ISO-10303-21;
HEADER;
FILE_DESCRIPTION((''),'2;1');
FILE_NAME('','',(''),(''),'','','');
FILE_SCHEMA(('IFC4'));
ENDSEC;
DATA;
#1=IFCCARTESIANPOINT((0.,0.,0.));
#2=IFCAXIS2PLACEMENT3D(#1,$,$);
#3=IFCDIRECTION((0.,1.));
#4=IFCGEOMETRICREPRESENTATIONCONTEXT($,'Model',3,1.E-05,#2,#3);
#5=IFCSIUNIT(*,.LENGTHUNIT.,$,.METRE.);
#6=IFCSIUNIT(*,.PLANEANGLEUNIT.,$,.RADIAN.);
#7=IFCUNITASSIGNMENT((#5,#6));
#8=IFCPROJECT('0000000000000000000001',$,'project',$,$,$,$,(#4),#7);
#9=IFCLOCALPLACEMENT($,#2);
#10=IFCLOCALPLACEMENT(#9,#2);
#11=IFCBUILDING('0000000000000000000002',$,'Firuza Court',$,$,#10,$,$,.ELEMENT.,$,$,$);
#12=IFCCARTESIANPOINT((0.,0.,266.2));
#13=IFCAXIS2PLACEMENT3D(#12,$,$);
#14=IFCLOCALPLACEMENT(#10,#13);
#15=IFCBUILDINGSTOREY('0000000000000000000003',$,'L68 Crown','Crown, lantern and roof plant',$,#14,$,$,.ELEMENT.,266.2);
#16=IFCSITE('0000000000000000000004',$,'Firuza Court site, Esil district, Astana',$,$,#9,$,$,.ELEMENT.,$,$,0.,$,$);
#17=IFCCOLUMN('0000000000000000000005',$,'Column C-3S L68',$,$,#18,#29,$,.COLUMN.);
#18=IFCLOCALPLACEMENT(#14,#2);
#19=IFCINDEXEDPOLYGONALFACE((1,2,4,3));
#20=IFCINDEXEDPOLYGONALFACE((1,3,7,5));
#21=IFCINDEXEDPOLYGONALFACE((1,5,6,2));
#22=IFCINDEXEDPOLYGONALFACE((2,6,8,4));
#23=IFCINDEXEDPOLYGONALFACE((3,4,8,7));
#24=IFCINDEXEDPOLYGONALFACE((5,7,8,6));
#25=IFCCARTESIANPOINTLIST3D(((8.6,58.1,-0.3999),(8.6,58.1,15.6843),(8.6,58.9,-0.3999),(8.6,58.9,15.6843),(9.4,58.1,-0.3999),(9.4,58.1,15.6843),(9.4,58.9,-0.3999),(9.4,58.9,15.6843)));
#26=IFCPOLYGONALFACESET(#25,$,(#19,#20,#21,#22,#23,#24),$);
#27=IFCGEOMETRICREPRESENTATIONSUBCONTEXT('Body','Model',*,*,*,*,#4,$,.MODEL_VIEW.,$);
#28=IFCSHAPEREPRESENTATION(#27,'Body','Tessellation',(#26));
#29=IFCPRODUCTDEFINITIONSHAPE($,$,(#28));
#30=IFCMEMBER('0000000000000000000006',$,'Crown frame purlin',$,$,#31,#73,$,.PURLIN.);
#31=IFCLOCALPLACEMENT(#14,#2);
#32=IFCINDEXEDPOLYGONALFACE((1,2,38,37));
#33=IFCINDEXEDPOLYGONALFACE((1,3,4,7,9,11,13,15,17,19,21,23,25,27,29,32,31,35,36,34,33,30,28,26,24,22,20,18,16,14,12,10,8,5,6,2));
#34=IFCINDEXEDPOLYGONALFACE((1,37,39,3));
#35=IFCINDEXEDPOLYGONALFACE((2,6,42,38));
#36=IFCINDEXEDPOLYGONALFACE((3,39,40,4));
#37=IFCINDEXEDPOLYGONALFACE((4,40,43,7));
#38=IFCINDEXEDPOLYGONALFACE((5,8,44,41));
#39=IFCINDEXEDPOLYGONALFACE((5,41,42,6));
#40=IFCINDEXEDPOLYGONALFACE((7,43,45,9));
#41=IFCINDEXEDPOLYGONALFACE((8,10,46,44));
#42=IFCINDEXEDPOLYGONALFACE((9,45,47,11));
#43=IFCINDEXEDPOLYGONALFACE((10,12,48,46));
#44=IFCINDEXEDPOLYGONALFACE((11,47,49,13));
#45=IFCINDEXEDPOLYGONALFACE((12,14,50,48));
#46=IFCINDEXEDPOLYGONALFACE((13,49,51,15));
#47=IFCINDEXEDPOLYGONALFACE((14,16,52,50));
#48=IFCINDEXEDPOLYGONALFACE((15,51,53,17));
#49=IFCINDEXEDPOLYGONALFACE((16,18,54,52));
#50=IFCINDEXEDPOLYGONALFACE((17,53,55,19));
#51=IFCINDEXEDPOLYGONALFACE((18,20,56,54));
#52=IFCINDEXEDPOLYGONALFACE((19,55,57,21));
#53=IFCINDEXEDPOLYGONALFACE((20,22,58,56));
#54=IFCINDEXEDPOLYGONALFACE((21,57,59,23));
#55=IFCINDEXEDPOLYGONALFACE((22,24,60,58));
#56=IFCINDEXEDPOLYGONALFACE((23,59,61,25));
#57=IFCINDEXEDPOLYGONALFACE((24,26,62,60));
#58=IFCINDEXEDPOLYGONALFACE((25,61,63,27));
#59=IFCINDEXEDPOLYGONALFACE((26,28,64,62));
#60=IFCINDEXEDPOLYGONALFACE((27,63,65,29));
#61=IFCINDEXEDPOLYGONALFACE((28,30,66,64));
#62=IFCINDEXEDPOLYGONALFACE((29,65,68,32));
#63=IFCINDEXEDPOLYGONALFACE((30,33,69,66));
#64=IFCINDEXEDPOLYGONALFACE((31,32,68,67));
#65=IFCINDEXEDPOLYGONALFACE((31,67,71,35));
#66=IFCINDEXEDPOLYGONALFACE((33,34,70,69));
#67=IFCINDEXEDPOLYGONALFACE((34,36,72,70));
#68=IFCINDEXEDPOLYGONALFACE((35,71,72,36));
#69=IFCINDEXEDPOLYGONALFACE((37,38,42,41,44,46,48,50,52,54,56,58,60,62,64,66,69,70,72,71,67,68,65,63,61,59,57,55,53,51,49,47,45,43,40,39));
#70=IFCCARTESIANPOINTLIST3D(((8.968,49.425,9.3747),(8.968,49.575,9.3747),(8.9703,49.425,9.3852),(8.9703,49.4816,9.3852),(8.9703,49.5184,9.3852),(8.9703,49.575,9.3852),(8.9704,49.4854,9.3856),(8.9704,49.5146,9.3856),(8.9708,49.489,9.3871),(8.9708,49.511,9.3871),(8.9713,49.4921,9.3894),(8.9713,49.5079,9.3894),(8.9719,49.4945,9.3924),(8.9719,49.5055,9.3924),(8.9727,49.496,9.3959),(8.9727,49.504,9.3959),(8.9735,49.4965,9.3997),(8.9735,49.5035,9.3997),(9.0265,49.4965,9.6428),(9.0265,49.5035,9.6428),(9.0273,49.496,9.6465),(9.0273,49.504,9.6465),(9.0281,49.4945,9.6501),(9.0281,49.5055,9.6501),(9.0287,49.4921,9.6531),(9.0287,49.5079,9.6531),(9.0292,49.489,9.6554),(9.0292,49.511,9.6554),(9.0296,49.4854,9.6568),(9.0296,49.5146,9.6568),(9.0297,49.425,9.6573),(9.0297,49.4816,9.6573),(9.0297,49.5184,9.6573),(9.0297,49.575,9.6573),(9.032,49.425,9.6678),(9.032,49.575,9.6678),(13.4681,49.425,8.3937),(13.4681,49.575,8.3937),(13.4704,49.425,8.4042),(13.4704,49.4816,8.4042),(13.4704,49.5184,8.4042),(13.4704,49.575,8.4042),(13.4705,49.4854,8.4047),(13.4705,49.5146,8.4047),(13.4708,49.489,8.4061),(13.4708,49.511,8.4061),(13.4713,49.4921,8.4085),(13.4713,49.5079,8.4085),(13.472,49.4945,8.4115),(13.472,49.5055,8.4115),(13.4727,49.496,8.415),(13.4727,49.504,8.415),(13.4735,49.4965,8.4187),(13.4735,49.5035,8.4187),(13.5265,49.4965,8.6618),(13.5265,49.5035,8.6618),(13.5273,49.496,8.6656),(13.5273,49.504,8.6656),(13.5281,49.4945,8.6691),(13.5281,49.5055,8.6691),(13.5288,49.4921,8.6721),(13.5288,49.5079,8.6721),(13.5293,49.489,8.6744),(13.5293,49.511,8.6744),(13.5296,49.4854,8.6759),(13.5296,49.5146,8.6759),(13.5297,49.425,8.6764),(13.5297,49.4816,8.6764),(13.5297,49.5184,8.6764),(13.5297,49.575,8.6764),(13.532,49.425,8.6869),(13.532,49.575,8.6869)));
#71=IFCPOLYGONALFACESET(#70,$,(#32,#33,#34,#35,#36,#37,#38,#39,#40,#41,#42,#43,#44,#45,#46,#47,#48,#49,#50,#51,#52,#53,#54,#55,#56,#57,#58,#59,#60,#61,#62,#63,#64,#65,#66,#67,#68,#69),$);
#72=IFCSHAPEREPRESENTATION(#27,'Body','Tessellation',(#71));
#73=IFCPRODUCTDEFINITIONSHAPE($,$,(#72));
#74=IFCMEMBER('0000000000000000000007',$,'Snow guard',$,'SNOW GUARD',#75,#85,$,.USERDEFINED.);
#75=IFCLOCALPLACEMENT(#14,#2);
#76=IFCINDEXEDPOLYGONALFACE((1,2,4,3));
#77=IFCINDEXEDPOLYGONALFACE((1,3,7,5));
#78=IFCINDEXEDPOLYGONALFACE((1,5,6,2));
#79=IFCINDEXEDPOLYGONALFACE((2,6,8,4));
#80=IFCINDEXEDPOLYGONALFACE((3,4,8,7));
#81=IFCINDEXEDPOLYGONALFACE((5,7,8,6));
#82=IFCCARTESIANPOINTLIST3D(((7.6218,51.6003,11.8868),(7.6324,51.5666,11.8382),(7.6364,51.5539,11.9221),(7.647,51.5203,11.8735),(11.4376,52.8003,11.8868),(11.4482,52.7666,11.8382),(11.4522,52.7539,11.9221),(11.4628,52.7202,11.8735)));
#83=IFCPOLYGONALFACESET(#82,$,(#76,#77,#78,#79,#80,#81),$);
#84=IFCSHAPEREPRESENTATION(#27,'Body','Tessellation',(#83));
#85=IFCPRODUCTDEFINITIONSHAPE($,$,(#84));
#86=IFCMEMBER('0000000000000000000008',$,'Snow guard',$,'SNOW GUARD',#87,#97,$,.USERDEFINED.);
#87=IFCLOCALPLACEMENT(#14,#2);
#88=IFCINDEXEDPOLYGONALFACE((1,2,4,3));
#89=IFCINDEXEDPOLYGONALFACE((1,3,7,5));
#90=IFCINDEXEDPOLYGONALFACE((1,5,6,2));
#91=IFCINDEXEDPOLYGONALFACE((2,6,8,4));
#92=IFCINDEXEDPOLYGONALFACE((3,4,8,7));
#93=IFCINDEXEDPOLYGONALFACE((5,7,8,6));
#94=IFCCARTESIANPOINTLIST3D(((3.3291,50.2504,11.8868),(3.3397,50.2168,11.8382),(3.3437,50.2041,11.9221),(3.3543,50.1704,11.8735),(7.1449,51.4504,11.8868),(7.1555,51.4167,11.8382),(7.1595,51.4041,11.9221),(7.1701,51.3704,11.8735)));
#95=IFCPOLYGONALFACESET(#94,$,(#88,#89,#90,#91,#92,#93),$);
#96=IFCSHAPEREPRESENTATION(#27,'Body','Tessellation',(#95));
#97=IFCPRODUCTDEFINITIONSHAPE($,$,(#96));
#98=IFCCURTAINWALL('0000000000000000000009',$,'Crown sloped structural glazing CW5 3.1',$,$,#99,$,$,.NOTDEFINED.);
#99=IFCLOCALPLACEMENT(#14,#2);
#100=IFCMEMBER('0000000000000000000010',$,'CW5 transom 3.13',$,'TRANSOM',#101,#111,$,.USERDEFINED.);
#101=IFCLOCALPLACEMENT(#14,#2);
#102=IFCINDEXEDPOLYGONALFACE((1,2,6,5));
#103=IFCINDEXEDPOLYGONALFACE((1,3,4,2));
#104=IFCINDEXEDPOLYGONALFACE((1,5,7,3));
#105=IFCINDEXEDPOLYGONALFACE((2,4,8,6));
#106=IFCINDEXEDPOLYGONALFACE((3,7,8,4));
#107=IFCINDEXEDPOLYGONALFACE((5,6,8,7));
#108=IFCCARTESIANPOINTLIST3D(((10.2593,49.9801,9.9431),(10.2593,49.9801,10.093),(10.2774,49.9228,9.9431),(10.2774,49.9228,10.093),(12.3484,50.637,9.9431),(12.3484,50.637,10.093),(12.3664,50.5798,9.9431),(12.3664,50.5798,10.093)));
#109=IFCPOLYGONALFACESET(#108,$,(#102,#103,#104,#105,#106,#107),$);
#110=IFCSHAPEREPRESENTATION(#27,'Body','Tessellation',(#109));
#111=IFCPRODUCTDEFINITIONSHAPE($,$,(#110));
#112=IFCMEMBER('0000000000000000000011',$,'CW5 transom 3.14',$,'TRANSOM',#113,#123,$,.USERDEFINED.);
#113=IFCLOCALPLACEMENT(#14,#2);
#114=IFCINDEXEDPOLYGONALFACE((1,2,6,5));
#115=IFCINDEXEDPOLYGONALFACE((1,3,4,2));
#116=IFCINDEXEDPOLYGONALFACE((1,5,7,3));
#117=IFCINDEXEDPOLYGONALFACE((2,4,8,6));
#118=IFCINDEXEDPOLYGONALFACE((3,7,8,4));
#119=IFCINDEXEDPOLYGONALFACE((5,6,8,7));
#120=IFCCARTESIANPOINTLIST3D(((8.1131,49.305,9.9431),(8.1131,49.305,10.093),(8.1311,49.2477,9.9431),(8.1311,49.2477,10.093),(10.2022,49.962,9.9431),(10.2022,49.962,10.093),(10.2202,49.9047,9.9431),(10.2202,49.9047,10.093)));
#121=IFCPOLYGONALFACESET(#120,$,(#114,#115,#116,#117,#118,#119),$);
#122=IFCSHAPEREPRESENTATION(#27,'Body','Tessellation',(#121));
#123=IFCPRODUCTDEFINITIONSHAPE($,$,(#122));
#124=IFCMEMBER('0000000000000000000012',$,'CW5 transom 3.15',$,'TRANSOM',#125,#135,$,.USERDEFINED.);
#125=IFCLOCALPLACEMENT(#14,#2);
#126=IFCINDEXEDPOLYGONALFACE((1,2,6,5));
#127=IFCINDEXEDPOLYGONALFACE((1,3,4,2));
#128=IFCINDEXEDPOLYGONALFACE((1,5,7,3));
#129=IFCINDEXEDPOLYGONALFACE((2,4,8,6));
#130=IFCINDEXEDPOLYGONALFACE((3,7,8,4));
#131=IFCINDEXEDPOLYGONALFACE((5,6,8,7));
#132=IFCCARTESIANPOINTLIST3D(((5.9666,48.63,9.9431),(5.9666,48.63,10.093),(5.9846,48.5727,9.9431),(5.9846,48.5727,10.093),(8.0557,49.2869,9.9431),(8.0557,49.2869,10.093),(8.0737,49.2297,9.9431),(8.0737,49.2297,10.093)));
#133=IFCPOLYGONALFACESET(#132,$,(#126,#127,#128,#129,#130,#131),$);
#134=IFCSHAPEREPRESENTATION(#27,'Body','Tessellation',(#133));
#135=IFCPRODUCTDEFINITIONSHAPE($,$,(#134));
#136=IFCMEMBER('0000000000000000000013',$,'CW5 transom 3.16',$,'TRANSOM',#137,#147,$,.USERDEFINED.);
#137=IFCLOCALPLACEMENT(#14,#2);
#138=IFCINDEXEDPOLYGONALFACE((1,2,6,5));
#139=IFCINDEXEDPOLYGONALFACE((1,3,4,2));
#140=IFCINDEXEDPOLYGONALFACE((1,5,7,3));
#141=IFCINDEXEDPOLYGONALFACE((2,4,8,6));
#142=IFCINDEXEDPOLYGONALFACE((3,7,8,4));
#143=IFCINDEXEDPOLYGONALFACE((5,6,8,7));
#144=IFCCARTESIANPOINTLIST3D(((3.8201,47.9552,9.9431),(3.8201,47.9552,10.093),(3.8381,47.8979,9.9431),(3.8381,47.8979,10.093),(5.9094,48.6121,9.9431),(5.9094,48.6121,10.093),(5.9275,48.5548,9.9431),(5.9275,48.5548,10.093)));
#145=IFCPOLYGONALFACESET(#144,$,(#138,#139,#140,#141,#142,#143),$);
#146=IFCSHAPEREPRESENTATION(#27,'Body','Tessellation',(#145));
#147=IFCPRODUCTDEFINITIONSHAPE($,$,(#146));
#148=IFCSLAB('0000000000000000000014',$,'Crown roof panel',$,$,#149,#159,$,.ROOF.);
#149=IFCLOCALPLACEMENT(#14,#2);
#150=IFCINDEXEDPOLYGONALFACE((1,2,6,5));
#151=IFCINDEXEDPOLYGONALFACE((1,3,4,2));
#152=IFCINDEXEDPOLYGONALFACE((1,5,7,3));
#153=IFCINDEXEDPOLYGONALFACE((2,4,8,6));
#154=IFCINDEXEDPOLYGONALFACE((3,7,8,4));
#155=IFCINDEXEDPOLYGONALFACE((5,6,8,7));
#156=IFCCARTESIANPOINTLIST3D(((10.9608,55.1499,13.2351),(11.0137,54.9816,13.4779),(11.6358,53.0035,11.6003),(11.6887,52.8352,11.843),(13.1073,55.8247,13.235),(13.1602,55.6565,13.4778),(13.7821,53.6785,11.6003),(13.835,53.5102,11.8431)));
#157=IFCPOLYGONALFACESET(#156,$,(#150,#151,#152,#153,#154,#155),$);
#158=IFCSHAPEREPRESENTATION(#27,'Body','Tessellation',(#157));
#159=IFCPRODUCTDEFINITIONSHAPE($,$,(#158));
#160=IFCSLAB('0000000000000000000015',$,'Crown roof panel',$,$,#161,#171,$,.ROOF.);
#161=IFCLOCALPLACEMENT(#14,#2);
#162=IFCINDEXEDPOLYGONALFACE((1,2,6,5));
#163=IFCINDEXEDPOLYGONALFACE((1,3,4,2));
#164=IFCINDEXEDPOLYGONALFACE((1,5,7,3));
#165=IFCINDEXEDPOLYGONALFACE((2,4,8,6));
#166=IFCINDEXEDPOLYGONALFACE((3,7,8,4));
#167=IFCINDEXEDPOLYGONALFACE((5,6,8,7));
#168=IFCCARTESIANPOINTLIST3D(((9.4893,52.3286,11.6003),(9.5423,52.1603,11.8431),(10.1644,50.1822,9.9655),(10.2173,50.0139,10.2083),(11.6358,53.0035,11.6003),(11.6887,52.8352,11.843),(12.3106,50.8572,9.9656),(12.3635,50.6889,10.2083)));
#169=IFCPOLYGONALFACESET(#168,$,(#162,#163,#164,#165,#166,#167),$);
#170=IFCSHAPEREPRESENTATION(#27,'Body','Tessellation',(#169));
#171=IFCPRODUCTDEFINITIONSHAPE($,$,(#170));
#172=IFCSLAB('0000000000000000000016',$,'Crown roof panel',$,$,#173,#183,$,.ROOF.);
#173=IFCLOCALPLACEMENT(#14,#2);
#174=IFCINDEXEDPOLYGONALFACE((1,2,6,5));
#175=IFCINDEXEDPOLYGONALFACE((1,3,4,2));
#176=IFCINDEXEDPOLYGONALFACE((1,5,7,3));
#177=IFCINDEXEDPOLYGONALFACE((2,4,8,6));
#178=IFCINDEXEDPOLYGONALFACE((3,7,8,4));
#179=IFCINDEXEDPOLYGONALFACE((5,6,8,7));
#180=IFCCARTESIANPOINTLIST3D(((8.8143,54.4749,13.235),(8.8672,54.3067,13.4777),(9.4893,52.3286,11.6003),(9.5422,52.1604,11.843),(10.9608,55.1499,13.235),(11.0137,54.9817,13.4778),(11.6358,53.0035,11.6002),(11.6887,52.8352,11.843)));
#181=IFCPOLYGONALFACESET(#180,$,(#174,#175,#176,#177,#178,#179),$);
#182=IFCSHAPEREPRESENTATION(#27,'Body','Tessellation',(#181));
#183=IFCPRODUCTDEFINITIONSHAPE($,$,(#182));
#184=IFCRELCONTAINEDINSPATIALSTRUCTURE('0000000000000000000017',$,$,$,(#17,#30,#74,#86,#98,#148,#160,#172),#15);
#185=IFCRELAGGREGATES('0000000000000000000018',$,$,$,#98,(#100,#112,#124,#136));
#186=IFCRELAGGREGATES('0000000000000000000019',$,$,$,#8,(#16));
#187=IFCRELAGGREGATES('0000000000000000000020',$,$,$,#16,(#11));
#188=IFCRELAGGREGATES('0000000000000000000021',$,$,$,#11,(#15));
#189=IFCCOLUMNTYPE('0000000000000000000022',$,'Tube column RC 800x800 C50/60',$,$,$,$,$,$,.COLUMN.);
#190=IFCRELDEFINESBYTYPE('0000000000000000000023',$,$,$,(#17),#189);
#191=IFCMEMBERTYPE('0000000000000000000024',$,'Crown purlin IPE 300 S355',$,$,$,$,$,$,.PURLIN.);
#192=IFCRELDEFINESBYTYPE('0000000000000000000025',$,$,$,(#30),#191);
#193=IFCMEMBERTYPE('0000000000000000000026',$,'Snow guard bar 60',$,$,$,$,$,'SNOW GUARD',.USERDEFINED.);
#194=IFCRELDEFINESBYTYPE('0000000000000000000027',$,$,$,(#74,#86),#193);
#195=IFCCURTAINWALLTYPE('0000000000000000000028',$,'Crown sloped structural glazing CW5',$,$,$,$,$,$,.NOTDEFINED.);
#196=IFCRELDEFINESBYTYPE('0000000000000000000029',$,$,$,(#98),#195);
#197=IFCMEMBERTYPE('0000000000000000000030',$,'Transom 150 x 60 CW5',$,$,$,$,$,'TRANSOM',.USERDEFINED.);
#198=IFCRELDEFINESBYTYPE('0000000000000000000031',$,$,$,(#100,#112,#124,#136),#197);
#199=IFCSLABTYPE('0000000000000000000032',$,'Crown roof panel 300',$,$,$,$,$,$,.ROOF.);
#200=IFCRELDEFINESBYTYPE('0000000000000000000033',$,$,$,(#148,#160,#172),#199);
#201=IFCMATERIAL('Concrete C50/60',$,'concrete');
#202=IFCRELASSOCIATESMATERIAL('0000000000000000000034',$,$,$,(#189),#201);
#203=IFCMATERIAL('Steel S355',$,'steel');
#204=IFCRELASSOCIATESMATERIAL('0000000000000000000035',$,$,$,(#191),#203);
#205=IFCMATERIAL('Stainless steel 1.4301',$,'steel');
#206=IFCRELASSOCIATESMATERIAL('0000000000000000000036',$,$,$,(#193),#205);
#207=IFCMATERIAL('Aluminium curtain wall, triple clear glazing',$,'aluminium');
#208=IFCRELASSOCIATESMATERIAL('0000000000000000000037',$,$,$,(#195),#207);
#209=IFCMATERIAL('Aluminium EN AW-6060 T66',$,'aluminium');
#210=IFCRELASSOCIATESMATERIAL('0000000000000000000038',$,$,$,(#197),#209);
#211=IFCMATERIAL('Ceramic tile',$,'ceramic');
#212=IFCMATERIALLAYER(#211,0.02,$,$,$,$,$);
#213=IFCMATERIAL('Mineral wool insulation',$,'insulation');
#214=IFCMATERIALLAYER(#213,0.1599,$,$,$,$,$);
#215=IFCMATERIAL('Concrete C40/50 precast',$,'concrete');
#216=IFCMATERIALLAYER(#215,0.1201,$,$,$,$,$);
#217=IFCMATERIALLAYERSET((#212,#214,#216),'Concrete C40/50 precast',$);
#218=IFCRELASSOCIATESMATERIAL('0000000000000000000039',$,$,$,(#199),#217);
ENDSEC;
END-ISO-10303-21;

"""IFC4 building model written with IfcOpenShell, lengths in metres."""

from ifc_helpers import new_model, si_unit, direction, frame, origin, origin_2d, place, context, subcontext, project, spatial, polyline, rectangle, i_section, outline, extrude, material, layer, layer_set, material_profile, profile_set, type_object, element, aggregate, save


model = new_model("IFC4")

# Units and contexts
model_context = context("Model", 3, precision=1e-05, world=origin(), true_north=direction((0.0, 1.0)))
body_context = subcontext(model_context, "Body", "Model", "MODEL_VIEW")
ifc_project = project(units=[si_unit("LENGTHUNIT", "METRE"), si_unit("PLANEANGLEUNIT", "RADIAN")], contexts=[model_context])

# Site, building, storey
site_placement = place(None, origin())
site = spatial("IfcSite", under=ifc_project, at=site_placement, Name="Firuza Court site, Esil district, Astana", CompositionType="ELEMENT", RefElevation=0.0)
building_placement = place(site_placement, origin())
building = spatial("IfcBuilding", under=site, at=building_placement, Name="Firuza Court", CompositionType="ELEMENT")
storey_placement = place(building_placement, frame((0.0, 0.0, 266.2)))
storey = spatial("IfcBuildingStorey", under=building, at=storey_placement, Name="L68 Crown", Description="Crown, lantern and roof plant", CompositionType="ELEMENT", Elevation=266.2)

# Column
ifc_material_1 = material(Name="Concrete C50/60", Category="concrete")
ifc_material_profile_1 = material_profile(ifc_material_1, rectangle(XDim=0.8, YDim=0.8, at=origin_2d()), Name="RC 800x800")
ifc_profile_set_1 = profile_set([ifc_material_profile_1], Name="Concrete C50/60")
column_type = type_object("IfcColumnType", Name="Tube column RC 800x800 C50/60", PredefinedType="COLUMN", material=ifc_profile_set_1)
column_placement = place(storey_placement, frame((9.0, 58.5, -0.3999), z_axis=(0.0, 0.0, 1.0), x_axis=(1.0, 0.0, 0.0)))
element("IfcColumn", 1, at=column_placement, inside=storey, type_object=column_type, Name="Column C-3S L68", PredefinedType="COLUMN", context=body_context, shape_type="SweptSolid", body=[
    extrude(rectangle(XDim=0.8, YDim=0.8, at=origin_2d()), origin(), (0.0, 0.0, 1.0), 16.0842),
])

# Members
ifc_material_2 = material(Name="Steel S355", Category="steel")
ifc_material_profile_2 = material_profile(ifc_material_2, i_section(OverallWidth=0.1499, OverallDepth=0.3, WebThickness=0.0071, FlangeThickness=0.0107, FilletRadius=0.0149, at=origin_2d()), Name="IPE 300")
ifc_profile_set_2 = profile_set([ifc_material_profile_2], Name="Steel S355")
member_type_1 = type_object("IfcMemberType", Name="Crown purlin IPE 300 S355", PredefinedType="PURLIN", material=ifc_profile_set_2)
member_1_placement = place(storey_placement, frame((9.0, 49.5, 9.5212), z_axis=(0.977055, 0.0, -0.212989), x_axis=(0.0, 1.0, 0.0)))
element("IfcMember", 2, at=member_1_placement, inside=storey, type_object=member_type_1, Name="Crown frame purlin", PredefinedType="PURLIN", context=body_context, shape_type="SweptSolid", body=[
    extrude(i_section(OverallWidth=0.1499, OverallDepth=0.3, WebThickness=0.0071, FlangeThickness=0.0107, FilletRadius=0.0149, at=origin_2d()), origin(), (0.0, 0.0, 1.0), 4.6057),
])
ifc_material_3 = material(Name="Stainless steel 1.4301", Category="steel")
ifc_material_profile_3 = material_profile(ifc_material_3, rectangle(XDim=0.0601, YDim=0.0601, at=origin_2d()), Name="Snow guard bar 60 x 60")
ifc_profile_set_3 = profile_set([ifc_material_profile_3], Name="Stainless steel 1.4301")
member_type_2 = type_object("IfcMemberType", Name="Snow guard bar 60", ElementType="SNOW GUARD", PredefinedType="USERDEFINED", material=ifc_profile_set_3)
for number, where, z_axis, x_axis, name in (
    (3, (11.4502, 52.7603, 11.8801), (-0.953941, -0.299995, 0.0), (0.242701, -0.771754, 0.587785), "Snow guard"),
    (4, (7.1575, 51.4104, 11.8801), (-0.953941, -0.299995, 0.0), (0.242701, -0.771754, 0.587785), "Snow guard"),
):
    element("IfcMember", number, at=place(storey_placement, frame(where, z_axis=z_axis, x_axis=x_axis)), inside=storey, type_object=member_type_2, Name=name, ObjectType="SNOW GUARD", PredefinedType="USERDEFINED", context=body_context, shape_type="SweptSolid", body=[
        extrude(rectangle(XDim=0.0601, YDim=0.0601, at=origin_2d()), origin(), (0.0, 0.0, 1.0), 4.0),
    ])

# Curtain wall, members
ifc_material_4 = material(Name="Aluminium curtain wall, triple clear glazing", Category="aluminium")
curtain_wall_type = type_object("IfcCurtainWallType", Name="Crown sloped structural glazing CW5", PredefinedType="NOTDEFINED", material=ifc_material_4)
curtain_wall_placement = place(storey_placement, origin())
curtain_wall = element("IfcCurtainWall", 5, at=curtain_wall_placement, inside=storey, type_object=curtain_wall_type, Name="Crown sloped structural glazing CW5 3.1", PredefinedType="NOTDEFINED")
ifc_material_5 = material(Name="Aluminium EN AW-6060 T66", Category="aluminium")
ifc_material_profile_4 = material_profile(ifc_material_5, rectangle(XDim=0.0601, YDim=0.1499, at=origin_2d()), Name="Transom 150 x 60 CW5")
ifc_profile_set_4 = profile_set([ifc_material_profile_4], Name="Aluminium EN AW-6060 T66")
member_type_3 = type_object("IfcMemberType", Name="Transom 150 x 60 CW5", ElementType="TRANSOM", PredefinedType="USERDEFINED", material=ifc_profile_set_4)
member_2_placement = place(storey_placement, frame((12.3574, 50.6084, 10.0181), z_axis=(-0.953941, -0.299995, 0.0), x_axis=(0.299995, -0.953941, 0.0)))
member_2 = element("IfcMember", 6, at=member_2_placement, type_object=member_type_3, Name="CW5 transom 3.13", ObjectType="TRANSOM", PredefinedType="USERDEFINED", context=body_context, shape_type="SweptSolid", body=[
    extrude(rectangle(XDim=0.0601, YDim=0.1499, at=origin_2d()), origin(), (0.0, 0.0, 1.0), 2.1899),
])
member_3_placement = place(storey_placement, frame((10.2112, 49.9333, 10.0181), z_axis=(-0.953941, -0.299995, 0.0), x_axis=(0.299995, -0.953941, 0.0)))
member_3 = element("IfcMember", 7, at=member_3_placement, type_object=member_type_3, Name="CW5 transom 3.14", ObjectType="TRANSOM", PredefinedType="USERDEFINED", context=body_context, shape_type="SweptSolid", body=[
    extrude(rectangle(XDim=0.0601, YDim=0.1499, at=origin_2d()), origin(), (0.0, 0.0, 1.0), 2.1899),
])
member_4_placement = place(storey_placement, frame((8.0647, 49.2583, 10.0181), z_axis=(-0.953941, -0.299995, 0.0), x_axis=(0.299995, -0.953941, 0.0)))
member_4 = element("IfcMember", 8, at=member_4_placement, type_object=member_type_3, Name="CW5 transom 3.15", ObjectType="TRANSOM", PredefinedType="USERDEFINED", context=body_context, shape_type="SweptSolid", body=[
    extrude(rectangle(XDim=0.0601, YDim=0.1499, at=origin_2d()), origin(), (0.0, 0.0, 1.0), 2.1899),
])
member_5_placement = place(storey_placement, frame((5.9185, 48.5835, 10.0181), z_axis=(-0.953951, -0.299963, 0.0), x_axis=(0.299963, -0.953951, 0.0)))
member_5 = element("IfcMember", 9, at=member_5_placement, type_object=member_type_3, Name="CW5 transom 3.16", ObjectType="TRANSOM", PredefinedType="USERDEFINED", context=body_context, shape_type="SweptSolid", body=[
    extrude(rectangle(XDim=0.0601, YDim=0.1499, at=origin_2d()), origin(), (0.0, 0.0, 1.0), 2.1902),
])

# Slabs
ifc_material_6 = material(Name="Ceramic tile", Category="ceramic")
ifc_layer_1 = layer(ifc_material_6, 0.02)
ifc_material_7 = material(Name="Mineral wool insulation", Category="insulation")
ifc_layer_2 = layer(ifc_material_7, 0.1599)
ifc_material_8 = material(Name="Concrete C40/50 precast", Category="concrete")
ifc_layer_3 = layer(ifc_material_8, 0.1201)
ifc_layer_set_1 = layer_set([ifc_layer_1, ifc_layer_2, ifc_layer_3], Name="Concrete C40/50 precast")
slab_type = type_object("IfcSlabType", Name="Crown roof panel 300", PredefinedType="ROOF", material=ifc_layer_set_1)
for number, where, z_axis, x_axis, name in (
    (10, (11.6887, 52.8352, 11.843), (0.176323, -0.560731, 0.809006), (-0.242705, 0.771742, 0.5878), "Crown roof panel"),
    (11, (10.2173, 50.0139, 10.2083), (0.176323, -0.560731, 0.809006), (-0.242705, 0.771742, 0.5878), "Crown roof panel"),
):
    element("IfcSlab", number, at=place(storey_placement, frame(where, z_axis=z_axis, x_axis=x_axis)), inside=storey, type_object=slab_type, Name=name, PredefinedType="ROOF", context=body_context, shape_type="SweptSolid", body=[
        extrude(outline(polyline([(0.0, 0.0), (2.7813, 0.0), (2.7811, -2.2501), (0.0001, -2.2499), (0.0, 0.0)])), origin(), (0.0, 0.0, -1.0), 0.3),
    ])
slab_1_placement = place(storey_placement, frame((9.5422, 52.1604, 11.843), z_axis=(0.176312, -0.560728, 0.809011), x_axis=(-0.242732, 0.771738, 0.587793)))
element("IfcSlab", 12, at=slab_1_placement, inside=storey, type_object=slab_type, Name="Crown roof panel", PredefinedType="ROOF", context=body_context, shape_type="SweptSolid", body=[
    extrude(outline(polyline([(0.0, 0.0), (2.7811, 0.0), (2.781, -2.2501), (-0.0002, -2.2501), (0.0, 0.0)])), origin(), (0.0, 0.0, -1.0), 0.3),
])

aggregate(curtain_wall, [member_2, member_3, member_4, member_5])

save(model, "model.ifc")
